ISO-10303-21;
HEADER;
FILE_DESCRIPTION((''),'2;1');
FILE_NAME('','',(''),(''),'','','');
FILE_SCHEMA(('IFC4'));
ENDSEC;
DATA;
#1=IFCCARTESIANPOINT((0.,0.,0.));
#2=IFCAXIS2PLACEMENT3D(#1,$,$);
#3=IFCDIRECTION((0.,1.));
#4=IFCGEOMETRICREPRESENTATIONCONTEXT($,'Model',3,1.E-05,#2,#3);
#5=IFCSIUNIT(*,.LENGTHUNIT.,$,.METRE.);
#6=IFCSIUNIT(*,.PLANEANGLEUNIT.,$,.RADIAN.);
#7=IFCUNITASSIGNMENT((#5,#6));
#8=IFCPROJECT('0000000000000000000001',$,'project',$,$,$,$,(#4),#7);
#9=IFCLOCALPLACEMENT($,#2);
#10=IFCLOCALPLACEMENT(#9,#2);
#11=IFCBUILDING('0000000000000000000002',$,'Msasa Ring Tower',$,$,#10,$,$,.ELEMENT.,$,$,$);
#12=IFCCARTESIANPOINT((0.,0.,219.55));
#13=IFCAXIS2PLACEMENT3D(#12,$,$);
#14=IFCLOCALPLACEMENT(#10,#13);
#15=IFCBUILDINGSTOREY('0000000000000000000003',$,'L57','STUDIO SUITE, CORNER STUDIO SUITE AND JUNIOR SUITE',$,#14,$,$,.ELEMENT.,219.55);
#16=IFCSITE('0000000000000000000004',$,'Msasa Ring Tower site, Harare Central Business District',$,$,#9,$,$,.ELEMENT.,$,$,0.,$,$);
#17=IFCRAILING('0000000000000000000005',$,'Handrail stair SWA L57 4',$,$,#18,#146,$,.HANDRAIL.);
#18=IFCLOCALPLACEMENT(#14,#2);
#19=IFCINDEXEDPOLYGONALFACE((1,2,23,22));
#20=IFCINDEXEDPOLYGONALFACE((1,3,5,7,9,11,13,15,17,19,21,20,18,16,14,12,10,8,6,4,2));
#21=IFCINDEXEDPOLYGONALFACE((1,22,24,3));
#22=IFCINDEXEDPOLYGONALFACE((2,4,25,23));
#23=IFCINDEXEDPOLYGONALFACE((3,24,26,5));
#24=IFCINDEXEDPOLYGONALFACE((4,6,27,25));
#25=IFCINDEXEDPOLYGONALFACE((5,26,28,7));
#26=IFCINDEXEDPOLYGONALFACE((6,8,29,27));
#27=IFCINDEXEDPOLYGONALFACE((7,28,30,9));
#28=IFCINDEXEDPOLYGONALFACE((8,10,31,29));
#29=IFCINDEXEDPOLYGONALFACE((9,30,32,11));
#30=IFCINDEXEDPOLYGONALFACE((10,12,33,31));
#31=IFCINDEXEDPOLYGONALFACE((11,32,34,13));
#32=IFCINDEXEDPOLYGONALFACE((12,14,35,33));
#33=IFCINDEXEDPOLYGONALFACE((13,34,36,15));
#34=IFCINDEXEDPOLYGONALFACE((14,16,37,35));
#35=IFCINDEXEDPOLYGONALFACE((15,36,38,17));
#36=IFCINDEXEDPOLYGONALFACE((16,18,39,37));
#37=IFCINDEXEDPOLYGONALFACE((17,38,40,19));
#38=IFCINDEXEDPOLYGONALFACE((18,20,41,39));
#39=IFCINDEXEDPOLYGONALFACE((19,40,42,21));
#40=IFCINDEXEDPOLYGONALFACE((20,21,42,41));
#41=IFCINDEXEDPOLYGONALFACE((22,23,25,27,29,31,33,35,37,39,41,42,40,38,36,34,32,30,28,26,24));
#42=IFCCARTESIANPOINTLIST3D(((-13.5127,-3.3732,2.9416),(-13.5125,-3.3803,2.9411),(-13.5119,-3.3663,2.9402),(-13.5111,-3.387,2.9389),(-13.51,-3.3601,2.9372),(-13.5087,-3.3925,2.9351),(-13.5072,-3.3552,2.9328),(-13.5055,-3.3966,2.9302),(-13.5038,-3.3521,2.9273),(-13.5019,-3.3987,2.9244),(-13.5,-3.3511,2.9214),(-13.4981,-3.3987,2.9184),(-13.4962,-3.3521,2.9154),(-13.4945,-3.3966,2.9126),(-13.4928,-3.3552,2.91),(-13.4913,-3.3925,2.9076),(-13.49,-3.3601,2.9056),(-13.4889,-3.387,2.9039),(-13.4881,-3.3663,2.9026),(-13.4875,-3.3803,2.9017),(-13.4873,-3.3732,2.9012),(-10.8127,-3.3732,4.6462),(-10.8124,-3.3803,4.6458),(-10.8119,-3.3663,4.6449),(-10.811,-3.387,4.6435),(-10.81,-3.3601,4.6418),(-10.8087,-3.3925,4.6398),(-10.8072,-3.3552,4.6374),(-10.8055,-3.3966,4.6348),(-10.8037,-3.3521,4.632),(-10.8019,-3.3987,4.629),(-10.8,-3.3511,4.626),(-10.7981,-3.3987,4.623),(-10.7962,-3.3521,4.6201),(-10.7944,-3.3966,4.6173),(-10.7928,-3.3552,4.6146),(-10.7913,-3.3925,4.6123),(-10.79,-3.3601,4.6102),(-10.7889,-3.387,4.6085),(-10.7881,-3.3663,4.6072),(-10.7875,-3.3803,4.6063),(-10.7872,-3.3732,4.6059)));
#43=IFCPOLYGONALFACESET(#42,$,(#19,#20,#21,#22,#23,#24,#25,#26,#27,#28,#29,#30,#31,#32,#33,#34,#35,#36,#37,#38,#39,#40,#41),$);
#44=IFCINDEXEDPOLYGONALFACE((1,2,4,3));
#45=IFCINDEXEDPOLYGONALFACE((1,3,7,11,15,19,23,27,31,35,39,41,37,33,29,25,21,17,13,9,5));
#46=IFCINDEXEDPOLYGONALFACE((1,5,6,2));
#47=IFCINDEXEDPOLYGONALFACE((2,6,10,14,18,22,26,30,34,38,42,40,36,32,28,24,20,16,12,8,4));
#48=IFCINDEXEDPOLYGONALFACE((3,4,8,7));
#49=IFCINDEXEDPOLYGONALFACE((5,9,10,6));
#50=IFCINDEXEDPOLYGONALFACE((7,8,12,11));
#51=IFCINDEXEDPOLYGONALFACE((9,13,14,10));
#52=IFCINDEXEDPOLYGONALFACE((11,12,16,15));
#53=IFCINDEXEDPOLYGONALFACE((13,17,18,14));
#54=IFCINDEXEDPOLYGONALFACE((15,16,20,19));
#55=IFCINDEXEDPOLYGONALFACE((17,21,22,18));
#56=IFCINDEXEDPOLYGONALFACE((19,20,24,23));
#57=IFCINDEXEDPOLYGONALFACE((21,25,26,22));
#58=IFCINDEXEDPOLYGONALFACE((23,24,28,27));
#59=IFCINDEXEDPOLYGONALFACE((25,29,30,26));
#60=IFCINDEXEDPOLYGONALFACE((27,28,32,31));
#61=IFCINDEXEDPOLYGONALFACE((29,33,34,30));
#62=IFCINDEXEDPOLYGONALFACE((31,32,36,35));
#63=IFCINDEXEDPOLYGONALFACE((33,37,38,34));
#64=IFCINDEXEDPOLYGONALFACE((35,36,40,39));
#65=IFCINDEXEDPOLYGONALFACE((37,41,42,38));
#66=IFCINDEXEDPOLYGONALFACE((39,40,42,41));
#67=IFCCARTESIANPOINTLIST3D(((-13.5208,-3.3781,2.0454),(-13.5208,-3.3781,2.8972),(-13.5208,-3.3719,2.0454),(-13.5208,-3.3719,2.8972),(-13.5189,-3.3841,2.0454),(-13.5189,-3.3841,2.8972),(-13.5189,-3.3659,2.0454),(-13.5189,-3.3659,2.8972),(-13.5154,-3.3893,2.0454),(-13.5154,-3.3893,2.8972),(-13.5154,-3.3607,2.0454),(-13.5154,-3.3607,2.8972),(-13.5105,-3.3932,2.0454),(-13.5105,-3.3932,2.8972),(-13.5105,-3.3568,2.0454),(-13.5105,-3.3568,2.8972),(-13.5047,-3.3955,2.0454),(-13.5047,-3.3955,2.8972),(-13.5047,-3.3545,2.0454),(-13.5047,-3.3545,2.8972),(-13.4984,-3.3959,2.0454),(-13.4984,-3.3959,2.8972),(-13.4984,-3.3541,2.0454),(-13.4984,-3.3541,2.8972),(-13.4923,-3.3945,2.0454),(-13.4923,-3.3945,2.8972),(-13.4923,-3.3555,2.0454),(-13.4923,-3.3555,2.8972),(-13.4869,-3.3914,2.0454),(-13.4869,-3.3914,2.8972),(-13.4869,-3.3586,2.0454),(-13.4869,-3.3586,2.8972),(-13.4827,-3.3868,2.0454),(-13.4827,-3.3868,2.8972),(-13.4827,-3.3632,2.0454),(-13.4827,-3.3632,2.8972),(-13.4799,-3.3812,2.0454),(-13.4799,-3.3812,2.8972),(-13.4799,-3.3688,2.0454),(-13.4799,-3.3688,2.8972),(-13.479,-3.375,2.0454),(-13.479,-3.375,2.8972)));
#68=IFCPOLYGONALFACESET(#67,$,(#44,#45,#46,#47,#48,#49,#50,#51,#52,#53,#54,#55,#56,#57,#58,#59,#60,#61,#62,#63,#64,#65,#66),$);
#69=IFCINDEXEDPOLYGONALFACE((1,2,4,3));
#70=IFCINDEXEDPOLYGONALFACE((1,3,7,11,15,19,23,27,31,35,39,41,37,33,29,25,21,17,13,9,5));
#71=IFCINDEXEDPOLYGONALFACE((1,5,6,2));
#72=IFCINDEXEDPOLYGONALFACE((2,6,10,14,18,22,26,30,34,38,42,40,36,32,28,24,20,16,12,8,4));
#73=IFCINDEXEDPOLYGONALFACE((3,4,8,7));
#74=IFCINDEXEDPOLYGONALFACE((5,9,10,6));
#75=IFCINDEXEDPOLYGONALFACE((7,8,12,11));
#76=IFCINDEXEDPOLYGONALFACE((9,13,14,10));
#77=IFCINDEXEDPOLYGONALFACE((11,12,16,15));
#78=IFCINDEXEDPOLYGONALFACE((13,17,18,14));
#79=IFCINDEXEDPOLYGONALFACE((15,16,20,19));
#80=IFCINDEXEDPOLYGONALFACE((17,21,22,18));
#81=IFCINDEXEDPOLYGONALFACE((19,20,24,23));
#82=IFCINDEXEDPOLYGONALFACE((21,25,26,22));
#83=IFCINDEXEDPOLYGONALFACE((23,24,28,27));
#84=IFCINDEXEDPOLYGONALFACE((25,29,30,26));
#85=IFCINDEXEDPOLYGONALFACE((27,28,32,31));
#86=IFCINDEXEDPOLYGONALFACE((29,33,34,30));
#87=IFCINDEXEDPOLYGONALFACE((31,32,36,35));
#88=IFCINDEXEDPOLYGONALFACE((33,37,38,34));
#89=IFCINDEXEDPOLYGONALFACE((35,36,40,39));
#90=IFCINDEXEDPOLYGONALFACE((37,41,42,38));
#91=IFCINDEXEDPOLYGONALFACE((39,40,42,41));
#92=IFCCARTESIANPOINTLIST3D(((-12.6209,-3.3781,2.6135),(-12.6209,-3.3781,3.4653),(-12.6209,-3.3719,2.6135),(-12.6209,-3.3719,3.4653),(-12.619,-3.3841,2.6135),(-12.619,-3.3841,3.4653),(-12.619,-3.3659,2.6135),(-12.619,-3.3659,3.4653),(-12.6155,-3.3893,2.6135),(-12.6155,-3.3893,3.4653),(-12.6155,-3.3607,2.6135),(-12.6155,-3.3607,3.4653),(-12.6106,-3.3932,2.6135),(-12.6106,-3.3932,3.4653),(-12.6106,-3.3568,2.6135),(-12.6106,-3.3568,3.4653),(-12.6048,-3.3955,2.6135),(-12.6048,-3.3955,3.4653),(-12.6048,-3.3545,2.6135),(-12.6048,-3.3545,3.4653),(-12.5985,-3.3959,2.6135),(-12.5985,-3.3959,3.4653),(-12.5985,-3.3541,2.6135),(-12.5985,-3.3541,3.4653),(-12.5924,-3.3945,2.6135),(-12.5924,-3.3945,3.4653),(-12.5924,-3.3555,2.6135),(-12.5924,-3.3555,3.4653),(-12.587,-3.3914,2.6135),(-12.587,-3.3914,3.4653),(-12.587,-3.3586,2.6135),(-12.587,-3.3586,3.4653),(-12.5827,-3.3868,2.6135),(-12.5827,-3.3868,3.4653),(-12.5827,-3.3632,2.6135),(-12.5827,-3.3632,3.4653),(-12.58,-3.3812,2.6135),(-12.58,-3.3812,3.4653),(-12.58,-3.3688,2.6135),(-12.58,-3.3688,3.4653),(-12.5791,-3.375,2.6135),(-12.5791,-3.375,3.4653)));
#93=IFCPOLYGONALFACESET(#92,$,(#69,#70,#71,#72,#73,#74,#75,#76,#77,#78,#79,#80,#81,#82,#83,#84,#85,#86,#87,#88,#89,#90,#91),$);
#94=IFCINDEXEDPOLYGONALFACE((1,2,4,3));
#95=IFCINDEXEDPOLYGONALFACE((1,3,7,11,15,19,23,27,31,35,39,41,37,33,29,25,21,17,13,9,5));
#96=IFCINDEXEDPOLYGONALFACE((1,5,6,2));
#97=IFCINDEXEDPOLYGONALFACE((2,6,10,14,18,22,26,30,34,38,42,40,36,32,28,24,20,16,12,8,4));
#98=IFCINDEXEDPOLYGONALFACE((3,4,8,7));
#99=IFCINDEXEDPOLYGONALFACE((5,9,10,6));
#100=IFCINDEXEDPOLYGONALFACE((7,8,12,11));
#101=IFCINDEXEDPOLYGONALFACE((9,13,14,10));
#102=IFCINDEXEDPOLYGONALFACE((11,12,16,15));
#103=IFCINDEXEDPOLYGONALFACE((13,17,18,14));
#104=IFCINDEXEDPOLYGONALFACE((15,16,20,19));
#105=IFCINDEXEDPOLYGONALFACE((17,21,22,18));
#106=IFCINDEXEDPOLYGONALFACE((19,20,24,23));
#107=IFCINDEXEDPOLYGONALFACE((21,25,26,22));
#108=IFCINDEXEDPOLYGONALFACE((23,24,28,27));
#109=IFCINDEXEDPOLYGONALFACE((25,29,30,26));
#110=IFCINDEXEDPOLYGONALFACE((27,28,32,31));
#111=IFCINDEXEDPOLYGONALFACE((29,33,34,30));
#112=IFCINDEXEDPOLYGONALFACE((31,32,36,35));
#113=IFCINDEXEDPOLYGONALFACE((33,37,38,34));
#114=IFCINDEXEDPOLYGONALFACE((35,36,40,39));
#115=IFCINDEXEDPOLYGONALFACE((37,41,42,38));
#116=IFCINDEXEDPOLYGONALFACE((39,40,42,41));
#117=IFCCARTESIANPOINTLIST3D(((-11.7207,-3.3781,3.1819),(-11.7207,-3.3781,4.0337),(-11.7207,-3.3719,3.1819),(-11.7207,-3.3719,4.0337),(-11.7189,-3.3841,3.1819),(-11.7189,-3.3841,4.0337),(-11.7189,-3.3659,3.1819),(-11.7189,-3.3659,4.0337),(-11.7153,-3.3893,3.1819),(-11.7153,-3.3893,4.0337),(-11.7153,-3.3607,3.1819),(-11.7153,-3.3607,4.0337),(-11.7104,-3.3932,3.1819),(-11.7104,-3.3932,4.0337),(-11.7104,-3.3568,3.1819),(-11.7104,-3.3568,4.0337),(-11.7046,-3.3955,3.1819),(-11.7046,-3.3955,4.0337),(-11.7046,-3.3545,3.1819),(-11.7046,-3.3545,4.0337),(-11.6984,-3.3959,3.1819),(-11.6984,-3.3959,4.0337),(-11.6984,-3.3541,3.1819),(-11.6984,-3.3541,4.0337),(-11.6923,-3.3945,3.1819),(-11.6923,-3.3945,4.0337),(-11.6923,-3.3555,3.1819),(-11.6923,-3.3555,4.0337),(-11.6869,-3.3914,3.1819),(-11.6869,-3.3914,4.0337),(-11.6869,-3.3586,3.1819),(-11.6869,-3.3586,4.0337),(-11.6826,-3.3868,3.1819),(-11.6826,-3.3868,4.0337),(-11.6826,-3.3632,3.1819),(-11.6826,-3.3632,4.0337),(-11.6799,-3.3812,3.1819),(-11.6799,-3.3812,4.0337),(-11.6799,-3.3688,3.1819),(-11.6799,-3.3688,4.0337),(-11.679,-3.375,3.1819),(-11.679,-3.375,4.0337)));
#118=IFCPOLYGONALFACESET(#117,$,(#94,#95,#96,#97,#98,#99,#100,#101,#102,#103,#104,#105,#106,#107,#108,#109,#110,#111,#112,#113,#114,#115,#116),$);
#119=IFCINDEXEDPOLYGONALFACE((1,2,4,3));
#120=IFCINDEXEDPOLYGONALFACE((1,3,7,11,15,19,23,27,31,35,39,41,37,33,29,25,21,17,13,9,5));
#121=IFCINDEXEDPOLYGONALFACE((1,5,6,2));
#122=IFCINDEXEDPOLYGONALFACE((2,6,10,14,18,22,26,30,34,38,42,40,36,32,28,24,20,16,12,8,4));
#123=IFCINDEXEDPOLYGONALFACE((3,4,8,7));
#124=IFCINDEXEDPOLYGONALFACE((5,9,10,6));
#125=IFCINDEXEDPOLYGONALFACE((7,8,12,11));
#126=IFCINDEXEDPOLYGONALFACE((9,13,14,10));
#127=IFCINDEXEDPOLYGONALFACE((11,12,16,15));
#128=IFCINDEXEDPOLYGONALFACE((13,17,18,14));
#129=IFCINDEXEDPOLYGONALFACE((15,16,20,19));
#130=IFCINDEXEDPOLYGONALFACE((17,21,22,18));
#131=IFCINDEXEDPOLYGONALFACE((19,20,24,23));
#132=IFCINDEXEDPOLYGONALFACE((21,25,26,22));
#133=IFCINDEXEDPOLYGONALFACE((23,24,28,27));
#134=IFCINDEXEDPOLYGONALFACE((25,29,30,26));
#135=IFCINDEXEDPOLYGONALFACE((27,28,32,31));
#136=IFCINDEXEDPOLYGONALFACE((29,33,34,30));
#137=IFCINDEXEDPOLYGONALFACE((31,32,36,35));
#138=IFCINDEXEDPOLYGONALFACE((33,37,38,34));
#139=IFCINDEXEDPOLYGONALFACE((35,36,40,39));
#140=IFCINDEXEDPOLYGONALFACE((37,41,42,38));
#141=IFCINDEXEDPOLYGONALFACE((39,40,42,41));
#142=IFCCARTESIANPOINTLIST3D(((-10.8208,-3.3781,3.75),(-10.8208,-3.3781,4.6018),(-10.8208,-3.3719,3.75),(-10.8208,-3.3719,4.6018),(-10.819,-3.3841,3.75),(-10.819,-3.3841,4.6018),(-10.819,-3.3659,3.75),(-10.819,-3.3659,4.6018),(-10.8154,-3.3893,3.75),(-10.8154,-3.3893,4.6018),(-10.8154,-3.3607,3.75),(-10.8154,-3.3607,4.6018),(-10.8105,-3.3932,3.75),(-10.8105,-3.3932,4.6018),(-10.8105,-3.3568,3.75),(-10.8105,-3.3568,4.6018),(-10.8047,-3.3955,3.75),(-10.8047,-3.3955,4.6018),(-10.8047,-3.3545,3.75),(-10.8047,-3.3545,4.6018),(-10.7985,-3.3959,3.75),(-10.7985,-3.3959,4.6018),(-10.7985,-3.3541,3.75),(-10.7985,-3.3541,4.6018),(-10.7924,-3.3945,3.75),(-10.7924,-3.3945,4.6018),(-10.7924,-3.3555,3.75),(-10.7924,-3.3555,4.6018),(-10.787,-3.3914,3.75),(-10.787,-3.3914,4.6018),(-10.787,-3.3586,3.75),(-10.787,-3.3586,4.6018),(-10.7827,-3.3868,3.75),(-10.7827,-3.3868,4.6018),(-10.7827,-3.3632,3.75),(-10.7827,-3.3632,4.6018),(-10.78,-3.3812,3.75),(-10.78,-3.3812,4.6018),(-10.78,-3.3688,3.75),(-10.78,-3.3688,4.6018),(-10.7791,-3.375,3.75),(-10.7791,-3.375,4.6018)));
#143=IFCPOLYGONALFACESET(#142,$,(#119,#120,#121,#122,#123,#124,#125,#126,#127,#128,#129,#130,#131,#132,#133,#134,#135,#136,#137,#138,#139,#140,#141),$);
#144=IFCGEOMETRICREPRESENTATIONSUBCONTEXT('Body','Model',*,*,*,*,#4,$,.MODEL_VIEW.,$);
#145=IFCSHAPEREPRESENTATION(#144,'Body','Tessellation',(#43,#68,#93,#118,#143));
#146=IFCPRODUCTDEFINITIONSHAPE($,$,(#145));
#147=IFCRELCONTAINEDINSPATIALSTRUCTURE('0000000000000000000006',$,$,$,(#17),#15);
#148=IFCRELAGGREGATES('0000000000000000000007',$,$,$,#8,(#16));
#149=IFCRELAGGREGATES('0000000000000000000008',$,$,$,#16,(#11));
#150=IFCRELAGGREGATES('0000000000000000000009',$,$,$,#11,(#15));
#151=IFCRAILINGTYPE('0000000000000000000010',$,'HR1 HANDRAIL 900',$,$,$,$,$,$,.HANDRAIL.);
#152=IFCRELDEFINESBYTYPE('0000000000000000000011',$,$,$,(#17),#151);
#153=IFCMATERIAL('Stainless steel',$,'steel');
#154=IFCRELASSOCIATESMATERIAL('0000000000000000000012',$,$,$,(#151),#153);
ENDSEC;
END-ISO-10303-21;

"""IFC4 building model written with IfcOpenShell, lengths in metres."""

from ifc_helpers import new_model, si_unit, direction, frame, origin, origin_2d, place, context, subcontext, project, spatial, circle, extrude, material, type_object, element, save


model = new_model("IFC4")

# Units and contexts
model_context = context("Model", 3, precision=1e-05, world=origin(), true_north=direction((0.0, 1.0)))
body_context = subcontext(model_context, "Body", "Model", "MODEL_VIEW")
ifc_project = project(units=[si_unit("LENGTHUNIT", "METRE"), si_unit("PLANEANGLEUNIT", "RADIAN")], contexts=[model_context])

# Site, building, storey
site_placement = place(None, origin())
site = spatial("IfcSite", under=ifc_project, at=site_placement, Name="Msasa Ring Tower site, Harare Central Business District", CompositionType="ELEMENT", RefElevation=0.0)
building_placement = place(site_placement, origin())
building = spatial("IfcBuilding", under=site, at=building_placement, Name="Msasa Ring Tower", CompositionType="ELEMENT")
storey_placement = place(building_placement, frame((0.0, 0.0, 219.55)))
storey = spatial("IfcBuildingStorey", under=building, at=storey_placement, Name="L57", Description="STUDIO SUITE, CORNER STUDIO SUITE AND JUNIOR SUITE", CompositionType="ELEMENT", Elevation=219.55)

# Railing
ifc_material_1 = material(Name="Stainless steel", Category="steel")
railing_type = type_object("IfcRailingType", Name="HR1 HANDRAIL 900", PredefinedType="HANDRAIL", material=ifc_material_1)
for number, where, name in (
    (1, (-13.5, -3.375, 2.0454), "Handrail stair SWA L57 4"),
):
    element("IfcRailing", number, at=place(storey_placement, frame(where)), inside=storey, type_object=railing_type, Name=name, PredefinedType="HANDRAIL", context=body_context, shape_type="SweptSolid", body=[
        extrude(circle(Radius=0.0239, at=origin_2d()), frame((0.0, 0.0, 0.876), z_axis=(0.84558, 0.0, 0.533849), x_axis=(0.0, 1.0, 0.0)), (0.0, 0.0, 1.0), 3.1931),
        extrude(circle(Radius=0.021, at=origin_2d()), origin(), (0.0, 0.0, 1.0), 0.8518),
        extrude(circle(Radius=0.021, at=origin_2d()), frame((0.8999, 0.0, 0.5681)), (0.0, 0.0, 1.0), 0.8518),
        extrude(circle(Radius=0.021, at=origin_2d()), frame((1.8, 0.0, 1.1365)), (0.0, 0.0, 1.0), 0.8518),
        extrude(circle(Radius=0.021, at=origin_2d()), frame((2.7, 0.0, 1.7046)), (0.0, 0.0, 1.0), 0.8518),
    ])

save(model, "model.ifc")
